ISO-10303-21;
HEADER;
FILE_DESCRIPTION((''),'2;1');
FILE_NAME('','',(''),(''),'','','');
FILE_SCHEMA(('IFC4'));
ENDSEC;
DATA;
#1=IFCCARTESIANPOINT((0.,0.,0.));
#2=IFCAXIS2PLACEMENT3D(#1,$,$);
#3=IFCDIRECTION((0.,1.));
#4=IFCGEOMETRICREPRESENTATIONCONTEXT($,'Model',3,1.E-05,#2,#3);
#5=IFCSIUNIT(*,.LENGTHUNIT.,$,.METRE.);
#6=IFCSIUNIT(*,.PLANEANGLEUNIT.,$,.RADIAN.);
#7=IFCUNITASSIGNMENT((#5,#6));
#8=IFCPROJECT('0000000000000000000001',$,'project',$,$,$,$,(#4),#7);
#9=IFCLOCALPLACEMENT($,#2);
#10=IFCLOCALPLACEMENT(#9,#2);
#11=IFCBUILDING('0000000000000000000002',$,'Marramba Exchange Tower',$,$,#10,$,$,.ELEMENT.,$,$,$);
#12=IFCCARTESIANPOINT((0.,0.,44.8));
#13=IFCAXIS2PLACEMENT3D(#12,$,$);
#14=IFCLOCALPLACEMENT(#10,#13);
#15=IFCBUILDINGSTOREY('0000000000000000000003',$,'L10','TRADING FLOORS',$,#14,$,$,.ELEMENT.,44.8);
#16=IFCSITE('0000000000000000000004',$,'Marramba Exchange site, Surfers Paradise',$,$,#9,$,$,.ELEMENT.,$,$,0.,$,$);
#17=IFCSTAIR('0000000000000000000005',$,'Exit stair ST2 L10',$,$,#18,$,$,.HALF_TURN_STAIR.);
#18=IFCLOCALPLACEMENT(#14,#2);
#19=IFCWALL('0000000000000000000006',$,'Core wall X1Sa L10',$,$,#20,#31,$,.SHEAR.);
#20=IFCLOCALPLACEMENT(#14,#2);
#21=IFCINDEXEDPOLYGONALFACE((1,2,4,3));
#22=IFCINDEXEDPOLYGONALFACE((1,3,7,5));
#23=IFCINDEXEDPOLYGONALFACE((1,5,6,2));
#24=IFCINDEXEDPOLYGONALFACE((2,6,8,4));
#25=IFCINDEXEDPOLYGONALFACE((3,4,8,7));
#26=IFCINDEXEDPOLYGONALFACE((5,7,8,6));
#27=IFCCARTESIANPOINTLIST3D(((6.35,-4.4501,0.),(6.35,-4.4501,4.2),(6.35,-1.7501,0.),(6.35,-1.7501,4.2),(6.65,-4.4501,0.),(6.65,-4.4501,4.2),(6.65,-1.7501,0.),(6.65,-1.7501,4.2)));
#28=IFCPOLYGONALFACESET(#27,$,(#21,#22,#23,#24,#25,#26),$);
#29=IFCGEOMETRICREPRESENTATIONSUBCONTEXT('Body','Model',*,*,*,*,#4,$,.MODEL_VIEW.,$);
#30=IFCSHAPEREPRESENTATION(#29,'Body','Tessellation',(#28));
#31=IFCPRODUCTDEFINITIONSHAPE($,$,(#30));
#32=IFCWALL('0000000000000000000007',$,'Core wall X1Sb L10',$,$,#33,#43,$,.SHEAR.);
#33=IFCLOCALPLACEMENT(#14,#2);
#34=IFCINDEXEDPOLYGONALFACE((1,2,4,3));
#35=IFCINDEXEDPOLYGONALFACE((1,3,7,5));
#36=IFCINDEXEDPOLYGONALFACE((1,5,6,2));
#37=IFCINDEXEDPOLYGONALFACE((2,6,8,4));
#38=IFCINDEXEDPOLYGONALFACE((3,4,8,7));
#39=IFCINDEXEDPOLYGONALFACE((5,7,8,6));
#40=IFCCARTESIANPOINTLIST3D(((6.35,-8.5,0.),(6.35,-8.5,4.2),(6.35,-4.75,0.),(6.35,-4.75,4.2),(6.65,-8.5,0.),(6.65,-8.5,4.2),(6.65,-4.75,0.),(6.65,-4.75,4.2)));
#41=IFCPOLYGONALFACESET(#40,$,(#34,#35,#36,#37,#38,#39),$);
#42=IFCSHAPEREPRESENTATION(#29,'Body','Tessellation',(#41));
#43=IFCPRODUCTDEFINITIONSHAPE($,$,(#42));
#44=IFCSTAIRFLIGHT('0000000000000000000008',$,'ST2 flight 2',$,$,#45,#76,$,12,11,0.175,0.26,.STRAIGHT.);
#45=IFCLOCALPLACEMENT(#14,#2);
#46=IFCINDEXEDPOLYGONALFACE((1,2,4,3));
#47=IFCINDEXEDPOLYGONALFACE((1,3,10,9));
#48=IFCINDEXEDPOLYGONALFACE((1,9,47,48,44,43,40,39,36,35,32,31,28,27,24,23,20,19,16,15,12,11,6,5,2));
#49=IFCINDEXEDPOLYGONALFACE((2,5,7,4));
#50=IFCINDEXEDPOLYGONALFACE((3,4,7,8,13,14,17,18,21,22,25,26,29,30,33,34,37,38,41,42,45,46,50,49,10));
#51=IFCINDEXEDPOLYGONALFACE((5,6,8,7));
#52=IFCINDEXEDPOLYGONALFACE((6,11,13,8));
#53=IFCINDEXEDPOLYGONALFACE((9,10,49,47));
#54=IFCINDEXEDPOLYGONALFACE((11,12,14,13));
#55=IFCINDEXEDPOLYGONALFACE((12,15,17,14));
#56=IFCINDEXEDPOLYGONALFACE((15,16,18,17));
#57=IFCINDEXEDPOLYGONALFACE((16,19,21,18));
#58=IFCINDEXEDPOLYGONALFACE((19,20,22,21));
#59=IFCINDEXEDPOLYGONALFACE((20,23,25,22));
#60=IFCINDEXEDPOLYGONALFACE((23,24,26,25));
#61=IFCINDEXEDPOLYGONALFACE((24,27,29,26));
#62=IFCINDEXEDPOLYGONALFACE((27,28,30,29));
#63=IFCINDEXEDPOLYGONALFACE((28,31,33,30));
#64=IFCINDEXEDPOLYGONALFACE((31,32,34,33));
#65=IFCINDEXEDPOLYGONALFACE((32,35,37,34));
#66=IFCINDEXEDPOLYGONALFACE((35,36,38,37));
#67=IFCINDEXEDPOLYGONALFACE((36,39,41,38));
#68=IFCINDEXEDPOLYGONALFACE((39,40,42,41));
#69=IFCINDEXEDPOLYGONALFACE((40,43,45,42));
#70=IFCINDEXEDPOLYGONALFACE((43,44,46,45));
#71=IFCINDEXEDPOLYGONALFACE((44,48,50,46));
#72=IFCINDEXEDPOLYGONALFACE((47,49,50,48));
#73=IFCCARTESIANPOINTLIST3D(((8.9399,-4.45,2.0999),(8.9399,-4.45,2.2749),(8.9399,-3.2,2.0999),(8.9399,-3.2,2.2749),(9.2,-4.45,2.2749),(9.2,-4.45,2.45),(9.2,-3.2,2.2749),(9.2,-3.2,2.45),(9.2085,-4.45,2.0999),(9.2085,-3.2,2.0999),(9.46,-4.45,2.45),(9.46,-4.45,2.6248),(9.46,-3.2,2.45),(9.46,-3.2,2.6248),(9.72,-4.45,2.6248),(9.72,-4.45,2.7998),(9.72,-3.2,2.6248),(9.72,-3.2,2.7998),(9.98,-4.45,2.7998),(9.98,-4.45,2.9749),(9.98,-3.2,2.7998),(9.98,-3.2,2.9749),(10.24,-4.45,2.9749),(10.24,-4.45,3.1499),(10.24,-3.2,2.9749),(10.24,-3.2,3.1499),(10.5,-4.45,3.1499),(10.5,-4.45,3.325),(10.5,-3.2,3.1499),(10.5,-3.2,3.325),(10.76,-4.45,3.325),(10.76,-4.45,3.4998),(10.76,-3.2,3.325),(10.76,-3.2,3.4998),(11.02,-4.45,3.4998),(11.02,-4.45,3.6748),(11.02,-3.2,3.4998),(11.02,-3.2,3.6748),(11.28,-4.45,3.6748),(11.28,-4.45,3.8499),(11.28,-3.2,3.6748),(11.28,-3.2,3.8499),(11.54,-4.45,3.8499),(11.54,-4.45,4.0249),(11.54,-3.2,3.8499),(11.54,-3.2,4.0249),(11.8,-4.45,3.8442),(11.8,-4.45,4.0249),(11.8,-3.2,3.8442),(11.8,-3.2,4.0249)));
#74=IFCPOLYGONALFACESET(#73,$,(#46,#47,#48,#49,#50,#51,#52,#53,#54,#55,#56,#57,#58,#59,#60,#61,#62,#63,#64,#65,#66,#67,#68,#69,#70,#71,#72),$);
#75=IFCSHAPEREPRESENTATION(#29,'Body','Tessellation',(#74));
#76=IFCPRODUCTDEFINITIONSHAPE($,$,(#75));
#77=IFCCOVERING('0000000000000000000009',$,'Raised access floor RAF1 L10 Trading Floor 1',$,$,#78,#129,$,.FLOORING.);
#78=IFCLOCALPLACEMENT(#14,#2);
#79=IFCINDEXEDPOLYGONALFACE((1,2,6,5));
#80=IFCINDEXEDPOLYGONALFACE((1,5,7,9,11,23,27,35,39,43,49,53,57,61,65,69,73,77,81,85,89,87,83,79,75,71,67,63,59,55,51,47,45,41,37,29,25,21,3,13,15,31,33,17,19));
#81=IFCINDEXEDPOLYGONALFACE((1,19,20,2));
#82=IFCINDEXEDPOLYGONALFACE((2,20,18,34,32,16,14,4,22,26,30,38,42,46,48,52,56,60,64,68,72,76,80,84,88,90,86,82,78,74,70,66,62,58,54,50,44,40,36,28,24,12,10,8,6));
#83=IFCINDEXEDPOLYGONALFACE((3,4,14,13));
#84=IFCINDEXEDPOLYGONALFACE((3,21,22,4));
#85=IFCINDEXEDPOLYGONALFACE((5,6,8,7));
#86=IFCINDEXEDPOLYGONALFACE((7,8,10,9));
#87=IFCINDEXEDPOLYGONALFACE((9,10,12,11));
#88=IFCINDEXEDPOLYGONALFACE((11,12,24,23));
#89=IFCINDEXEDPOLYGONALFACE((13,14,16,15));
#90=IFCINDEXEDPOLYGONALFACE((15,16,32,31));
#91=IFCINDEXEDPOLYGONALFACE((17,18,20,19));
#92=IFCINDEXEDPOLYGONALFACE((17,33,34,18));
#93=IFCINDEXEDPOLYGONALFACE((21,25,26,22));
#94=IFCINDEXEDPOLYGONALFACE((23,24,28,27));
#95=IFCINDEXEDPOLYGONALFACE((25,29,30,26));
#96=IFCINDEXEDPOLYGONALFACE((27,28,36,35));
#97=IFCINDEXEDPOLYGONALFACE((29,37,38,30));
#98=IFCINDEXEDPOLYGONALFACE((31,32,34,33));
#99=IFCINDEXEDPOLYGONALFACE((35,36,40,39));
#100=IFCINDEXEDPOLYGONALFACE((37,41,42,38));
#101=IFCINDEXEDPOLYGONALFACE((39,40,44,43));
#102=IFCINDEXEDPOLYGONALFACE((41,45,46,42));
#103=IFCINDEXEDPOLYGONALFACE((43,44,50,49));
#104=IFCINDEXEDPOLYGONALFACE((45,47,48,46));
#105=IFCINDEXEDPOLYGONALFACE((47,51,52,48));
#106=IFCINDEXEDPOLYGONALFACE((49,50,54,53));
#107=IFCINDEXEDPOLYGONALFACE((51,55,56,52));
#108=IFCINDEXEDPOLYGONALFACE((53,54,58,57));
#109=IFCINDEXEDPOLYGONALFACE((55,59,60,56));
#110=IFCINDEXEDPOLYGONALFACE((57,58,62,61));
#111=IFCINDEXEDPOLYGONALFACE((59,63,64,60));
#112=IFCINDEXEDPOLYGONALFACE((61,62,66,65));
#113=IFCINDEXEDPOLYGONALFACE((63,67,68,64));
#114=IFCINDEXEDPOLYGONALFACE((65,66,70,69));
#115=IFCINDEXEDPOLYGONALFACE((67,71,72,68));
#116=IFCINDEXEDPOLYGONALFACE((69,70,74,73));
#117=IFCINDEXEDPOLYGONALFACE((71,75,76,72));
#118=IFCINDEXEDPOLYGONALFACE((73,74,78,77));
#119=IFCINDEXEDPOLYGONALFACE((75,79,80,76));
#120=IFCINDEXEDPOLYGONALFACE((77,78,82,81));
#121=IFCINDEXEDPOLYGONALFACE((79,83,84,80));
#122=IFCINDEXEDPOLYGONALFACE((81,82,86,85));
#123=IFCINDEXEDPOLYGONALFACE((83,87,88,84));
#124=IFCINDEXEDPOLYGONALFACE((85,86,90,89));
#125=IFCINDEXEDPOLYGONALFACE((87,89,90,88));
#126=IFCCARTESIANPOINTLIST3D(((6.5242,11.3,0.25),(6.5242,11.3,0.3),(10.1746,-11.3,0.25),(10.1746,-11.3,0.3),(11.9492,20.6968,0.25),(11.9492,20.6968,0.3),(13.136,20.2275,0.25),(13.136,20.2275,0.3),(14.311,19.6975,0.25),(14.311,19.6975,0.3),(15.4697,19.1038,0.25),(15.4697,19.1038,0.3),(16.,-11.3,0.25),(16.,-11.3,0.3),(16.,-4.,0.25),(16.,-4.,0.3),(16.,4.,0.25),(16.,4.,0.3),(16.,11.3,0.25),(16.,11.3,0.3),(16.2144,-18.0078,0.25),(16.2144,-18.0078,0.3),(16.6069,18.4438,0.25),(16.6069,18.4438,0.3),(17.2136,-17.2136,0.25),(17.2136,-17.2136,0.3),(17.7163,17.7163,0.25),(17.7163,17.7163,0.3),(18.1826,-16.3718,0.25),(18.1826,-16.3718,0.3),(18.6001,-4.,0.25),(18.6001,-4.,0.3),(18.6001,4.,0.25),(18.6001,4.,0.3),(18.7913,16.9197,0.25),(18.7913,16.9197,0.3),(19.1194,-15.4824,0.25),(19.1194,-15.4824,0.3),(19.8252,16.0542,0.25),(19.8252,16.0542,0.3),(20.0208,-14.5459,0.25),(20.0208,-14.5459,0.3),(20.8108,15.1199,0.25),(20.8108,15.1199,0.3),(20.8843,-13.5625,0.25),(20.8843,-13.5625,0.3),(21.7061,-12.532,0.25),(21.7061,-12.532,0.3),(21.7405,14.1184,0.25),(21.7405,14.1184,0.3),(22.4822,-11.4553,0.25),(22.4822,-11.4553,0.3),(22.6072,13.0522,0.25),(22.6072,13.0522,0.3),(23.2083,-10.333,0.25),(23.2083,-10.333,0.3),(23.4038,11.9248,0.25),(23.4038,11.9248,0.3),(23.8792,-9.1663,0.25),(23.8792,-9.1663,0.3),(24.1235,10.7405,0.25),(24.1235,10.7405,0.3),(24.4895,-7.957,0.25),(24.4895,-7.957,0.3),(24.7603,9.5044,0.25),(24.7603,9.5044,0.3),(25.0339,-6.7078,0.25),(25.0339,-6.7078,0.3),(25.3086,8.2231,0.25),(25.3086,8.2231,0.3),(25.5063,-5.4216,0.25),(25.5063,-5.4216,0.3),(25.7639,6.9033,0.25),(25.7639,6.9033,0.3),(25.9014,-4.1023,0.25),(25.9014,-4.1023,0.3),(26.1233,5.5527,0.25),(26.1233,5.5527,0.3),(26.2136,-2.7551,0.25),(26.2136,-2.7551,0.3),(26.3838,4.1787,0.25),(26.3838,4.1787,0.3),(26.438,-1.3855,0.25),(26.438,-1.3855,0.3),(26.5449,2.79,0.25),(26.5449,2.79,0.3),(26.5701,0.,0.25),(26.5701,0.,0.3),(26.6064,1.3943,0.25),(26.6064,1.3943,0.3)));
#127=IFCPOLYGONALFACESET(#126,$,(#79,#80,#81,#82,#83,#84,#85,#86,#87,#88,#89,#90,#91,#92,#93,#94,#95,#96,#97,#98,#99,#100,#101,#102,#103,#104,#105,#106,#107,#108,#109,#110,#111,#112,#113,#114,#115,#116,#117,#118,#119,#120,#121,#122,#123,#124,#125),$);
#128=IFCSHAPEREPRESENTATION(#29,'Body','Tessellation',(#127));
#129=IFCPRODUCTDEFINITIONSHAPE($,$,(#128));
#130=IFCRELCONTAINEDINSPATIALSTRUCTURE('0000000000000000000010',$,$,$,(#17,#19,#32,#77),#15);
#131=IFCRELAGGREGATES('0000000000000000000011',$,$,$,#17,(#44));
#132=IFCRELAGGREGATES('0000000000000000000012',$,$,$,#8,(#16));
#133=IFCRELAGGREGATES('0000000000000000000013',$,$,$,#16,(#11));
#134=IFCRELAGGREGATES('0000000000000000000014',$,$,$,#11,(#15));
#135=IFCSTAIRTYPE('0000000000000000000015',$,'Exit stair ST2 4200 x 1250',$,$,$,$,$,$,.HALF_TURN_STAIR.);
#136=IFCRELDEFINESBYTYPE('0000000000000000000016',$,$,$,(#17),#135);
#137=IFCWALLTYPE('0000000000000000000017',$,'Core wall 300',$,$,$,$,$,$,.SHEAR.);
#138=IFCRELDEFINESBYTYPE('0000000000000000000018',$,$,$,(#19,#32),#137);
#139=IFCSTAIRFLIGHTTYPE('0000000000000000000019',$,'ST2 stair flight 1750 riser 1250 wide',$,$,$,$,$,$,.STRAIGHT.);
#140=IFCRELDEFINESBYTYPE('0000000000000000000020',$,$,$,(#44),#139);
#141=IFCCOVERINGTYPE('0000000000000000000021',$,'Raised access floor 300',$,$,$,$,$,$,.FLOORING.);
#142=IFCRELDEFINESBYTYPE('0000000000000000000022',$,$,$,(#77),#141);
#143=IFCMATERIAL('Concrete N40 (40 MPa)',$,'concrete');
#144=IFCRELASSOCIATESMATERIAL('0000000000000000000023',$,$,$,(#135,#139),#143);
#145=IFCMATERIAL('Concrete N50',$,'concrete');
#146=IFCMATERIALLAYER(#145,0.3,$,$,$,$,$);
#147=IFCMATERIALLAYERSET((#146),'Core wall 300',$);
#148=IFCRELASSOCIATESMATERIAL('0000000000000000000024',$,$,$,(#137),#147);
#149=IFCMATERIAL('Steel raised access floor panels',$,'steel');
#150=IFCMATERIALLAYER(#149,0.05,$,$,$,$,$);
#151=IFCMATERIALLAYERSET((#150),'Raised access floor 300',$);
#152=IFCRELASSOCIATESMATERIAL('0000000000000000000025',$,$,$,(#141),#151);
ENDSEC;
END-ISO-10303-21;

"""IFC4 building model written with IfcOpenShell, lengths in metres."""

from ifc_helpers import new_model, si_unit, direction, frame, frame_2d, origin, place, context, subcontext, project, spatial, polyline, rectangle, outline, extrude, material, layer, layer_set, type_object, element, aggregate, save


model = new_model("IFC4")

# Units and contexts
model_context = context("Model", 3, precision=1e-05, world=origin(), true_north=direction((0.0, 1.0)))
body_context = subcontext(model_context, "Body", "Model", "MODEL_VIEW")
ifc_project = project(units=[si_unit("LENGTHUNIT", "METRE"), si_unit("PLANEANGLEUNIT", "RADIAN")], contexts=[model_context])

# Site, building, storey
site_placement = place(None, origin())
site = spatial("IfcSite", under=ifc_project, at=site_placement, Name="Marramba Exchange site, Surfers Paradise", CompositionType="ELEMENT", RefElevation=0.0)
building_placement = place(site_placement, origin())
building = spatial("IfcBuilding", under=site, at=building_placement, Name="Marramba Exchange Tower", CompositionType="ELEMENT")
storey_placement = place(building_placement, frame((0.0, 0.0, 44.8)))
storey = spatial("IfcBuildingStorey", under=building, at=storey_placement, Name="L10", Description="TRADING FLOORS", CompositionType="ELEMENT", Elevation=44.8)

# Stair
ifc_material_1 = material(Name="Concrete N40 (40 MPa)", Category="concrete")
stair_type_1 = type_object("IfcStairType", Name="Exit stair ST2 4200 x 1250", PredefinedType="HALF_TURN_STAIR", material=ifc_material_1)
stair_1_placement = place(storey_placement, origin())
stair_1 = element("IfcStair", 1, at=stair_1_placement, inside=storey, type_object=stair_type_1, Name="Exit stair ST2 L10", PredefinedType="HALF_TURN_STAIR")

# Walls
ifc_material_2 = material(Name="Concrete N50", Category="concrete")
ifc_layer_1 = layer(ifc_material_2, 0.3)
ifc_layer_set_1 = layer_set([ifc_layer_1], Name="Core wall 300")
wall_type_1 = type_object("IfcWallType", Name="Core wall 300", PredefinedType="SHEAR", material=ifc_layer_set_1)
wall_1_placement = place(storey_placement, frame((6.5, -1.75, 0.0), z_axis=(0.0, 0.0, 1.0), x_axis=(0.0, -1.0, 0.0)))
element("IfcWall", 2, at=wall_1_placement, inside=storey, type_object=wall_type_1, Name="Core wall X1Sa L10", PredefinedType="SHEAR", context=body_context, shape_type="SweptSolid", body=[
    extrude(rectangle(XDim=2.7, YDim=0.3, at=frame_2d((1.3501, 0.0))), origin(), (0.0, 0.0, 1.0), 4.2),
])
wall_2_placement = place(storey_placement, frame((6.5, -4.75, 0.0), z_axis=(0.0, 0.0, 1.0), x_axis=(0.0, -1.0, 0.0)))
element("IfcWall", 3, at=wall_2_placement, inside=storey, type_object=wall_type_1, Name="Core wall X1Sb L10", PredefinedType="SHEAR", context=body_context, shape_type="SweptSolid", body=[
    extrude(rectangle(XDim=3.75, YDim=0.3, at=frame_2d((1.875, 0.0))), origin(), (0.0, 0.0, 1.0), 4.2),
])

# Stair flight
stair_flight_type = type_object("IfcStairFlightType", Name="ST2 stair flight 1750 riser 1250 wide", PredefinedType="STRAIGHT", material=ifc_material_1)
stair_flight_placement = place(storey_placement, frame((8.9399, -3.825, 2.0999), z_axis=(0.0, 0.0, 1.0), x_axis=(1.0, 0.0, 0.0)))
stair_flight = element("IfcStairFlight", 4, at=stair_flight_placement, type_object=stair_flight_type, Name="ST2 flight 2", NumberOfRisers=12, NumberOfTreads=11, PredefinedType="STRAIGHT", RiserHeight=0.175, TreadLength=0.26, context=body_context, shape_type="SweptSolid", body=[
    extrude(outline(polyline([(0.0, 0.0), (0.0, 0.175), (0.26, 0.175), (0.26, 0.3501), (0.52, 0.3501), (0.52, 0.5249), (0.78, 0.5249), (0.78, 0.7), (1.04, 0.7), (1.04, 0.875), (1.3, 0.875), (1.3, 1.05), (1.5601, 1.05), (1.5601, 1.2251), (1.8201, 1.2251), (1.8201, 1.3999), (2.0801, 1.3999), (2.0801, 1.575), (2.3401, 1.575), (2.3401, 1.75), (2.6001, 1.75), (2.6001, 1.925), (2.8601, 1.925), (2.8601, 2.1001), (2.8601, 1.7444), (0.2686, 0.0), (0.0, 0.0)])), frame((0.0, 0.625, 0.0), z_axis=(0.0, -1.0, 0.0), x_axis=(1.0, 0.0, 0.0)), (0.0, 0.0, 1.0), 1.25),
])
aggregate(stair_1, [stair_flight])

# Covering
ifc_material_3 = material(Name="Steel raised access floor panels", Category="steel")
ifc_layer_2 = layer(ifc_material_3, 0.05)
ifc_layer_set_2 = layer_set([ifc_layer_2], Name="Raised access floor 300")
covering_type_1 = type_object("IfcCoveringType", Name="Raised access floor 300", PredefinedType="FLOORING", material=ifc_layer_set_2)
covering_1_placement = place(storey_placement, frame((0.0, 0.0, 0.25)))
element("IfcCovering", 5, at=covering_1_placement, inside=storey, type_object=covering_type_1, Name="Raised access floor RAF1 L10 Trading Floor 1", PredefinedType="FLOORING", context=body_context, shape_type="SweptSolid", body=[
    extrude(outline(polyline([(16.0, -4.0), (18.6001, -4.0), (18.6001, 4.0), (16.0, 4.0), (16.0, 11.3), (6.5242, 11.3), (11.9492, 20.6968), (13.136, 20.2275), (14.311, 19.6975), (15.4697, 19.1038), (16.6069, 18.4438), (17.7163, 17.7163), (18.7913, 16.9197), (19.8252, 16.0542), (20.8108, 15.1199), (21.7405, 14.1184), (22.6072, 13.0522), (23.4038, 11.9248), (24.1235, 10.7405), (24.7603, 9.5044), (25.3086, 8.2231), (25.7639, 6.9033), (26.1233, 5.5527), (26.3838, 4.1787), (26.5449, 2.79), (26.6064, 1.3943), (26.5701, 0.0), (26.438, -1.3855), (26.2136, -2.7551), (25.9014, -4.1023), (25.5063, -5.4216), (25.0339, -6.7078), (24.4895, -7.957), (23.8792, -9.1663), (23.2083, -10.333), (22.4822, -11.4553), (21.7061, -12.532), (20.8843, -13.5625), (20.0208, -14.5459), (19.1194, -15.4824), (18.1826, -16.3718), (17.2136, -17.2136), (16.2144, -18.0078), (10.1746, -11.3), (16.0, -11.3), (16.0, -4.0)])), origin(), (0.0, 0.0, 1.0), 0.05),
])

save(model, "model.ifc")
